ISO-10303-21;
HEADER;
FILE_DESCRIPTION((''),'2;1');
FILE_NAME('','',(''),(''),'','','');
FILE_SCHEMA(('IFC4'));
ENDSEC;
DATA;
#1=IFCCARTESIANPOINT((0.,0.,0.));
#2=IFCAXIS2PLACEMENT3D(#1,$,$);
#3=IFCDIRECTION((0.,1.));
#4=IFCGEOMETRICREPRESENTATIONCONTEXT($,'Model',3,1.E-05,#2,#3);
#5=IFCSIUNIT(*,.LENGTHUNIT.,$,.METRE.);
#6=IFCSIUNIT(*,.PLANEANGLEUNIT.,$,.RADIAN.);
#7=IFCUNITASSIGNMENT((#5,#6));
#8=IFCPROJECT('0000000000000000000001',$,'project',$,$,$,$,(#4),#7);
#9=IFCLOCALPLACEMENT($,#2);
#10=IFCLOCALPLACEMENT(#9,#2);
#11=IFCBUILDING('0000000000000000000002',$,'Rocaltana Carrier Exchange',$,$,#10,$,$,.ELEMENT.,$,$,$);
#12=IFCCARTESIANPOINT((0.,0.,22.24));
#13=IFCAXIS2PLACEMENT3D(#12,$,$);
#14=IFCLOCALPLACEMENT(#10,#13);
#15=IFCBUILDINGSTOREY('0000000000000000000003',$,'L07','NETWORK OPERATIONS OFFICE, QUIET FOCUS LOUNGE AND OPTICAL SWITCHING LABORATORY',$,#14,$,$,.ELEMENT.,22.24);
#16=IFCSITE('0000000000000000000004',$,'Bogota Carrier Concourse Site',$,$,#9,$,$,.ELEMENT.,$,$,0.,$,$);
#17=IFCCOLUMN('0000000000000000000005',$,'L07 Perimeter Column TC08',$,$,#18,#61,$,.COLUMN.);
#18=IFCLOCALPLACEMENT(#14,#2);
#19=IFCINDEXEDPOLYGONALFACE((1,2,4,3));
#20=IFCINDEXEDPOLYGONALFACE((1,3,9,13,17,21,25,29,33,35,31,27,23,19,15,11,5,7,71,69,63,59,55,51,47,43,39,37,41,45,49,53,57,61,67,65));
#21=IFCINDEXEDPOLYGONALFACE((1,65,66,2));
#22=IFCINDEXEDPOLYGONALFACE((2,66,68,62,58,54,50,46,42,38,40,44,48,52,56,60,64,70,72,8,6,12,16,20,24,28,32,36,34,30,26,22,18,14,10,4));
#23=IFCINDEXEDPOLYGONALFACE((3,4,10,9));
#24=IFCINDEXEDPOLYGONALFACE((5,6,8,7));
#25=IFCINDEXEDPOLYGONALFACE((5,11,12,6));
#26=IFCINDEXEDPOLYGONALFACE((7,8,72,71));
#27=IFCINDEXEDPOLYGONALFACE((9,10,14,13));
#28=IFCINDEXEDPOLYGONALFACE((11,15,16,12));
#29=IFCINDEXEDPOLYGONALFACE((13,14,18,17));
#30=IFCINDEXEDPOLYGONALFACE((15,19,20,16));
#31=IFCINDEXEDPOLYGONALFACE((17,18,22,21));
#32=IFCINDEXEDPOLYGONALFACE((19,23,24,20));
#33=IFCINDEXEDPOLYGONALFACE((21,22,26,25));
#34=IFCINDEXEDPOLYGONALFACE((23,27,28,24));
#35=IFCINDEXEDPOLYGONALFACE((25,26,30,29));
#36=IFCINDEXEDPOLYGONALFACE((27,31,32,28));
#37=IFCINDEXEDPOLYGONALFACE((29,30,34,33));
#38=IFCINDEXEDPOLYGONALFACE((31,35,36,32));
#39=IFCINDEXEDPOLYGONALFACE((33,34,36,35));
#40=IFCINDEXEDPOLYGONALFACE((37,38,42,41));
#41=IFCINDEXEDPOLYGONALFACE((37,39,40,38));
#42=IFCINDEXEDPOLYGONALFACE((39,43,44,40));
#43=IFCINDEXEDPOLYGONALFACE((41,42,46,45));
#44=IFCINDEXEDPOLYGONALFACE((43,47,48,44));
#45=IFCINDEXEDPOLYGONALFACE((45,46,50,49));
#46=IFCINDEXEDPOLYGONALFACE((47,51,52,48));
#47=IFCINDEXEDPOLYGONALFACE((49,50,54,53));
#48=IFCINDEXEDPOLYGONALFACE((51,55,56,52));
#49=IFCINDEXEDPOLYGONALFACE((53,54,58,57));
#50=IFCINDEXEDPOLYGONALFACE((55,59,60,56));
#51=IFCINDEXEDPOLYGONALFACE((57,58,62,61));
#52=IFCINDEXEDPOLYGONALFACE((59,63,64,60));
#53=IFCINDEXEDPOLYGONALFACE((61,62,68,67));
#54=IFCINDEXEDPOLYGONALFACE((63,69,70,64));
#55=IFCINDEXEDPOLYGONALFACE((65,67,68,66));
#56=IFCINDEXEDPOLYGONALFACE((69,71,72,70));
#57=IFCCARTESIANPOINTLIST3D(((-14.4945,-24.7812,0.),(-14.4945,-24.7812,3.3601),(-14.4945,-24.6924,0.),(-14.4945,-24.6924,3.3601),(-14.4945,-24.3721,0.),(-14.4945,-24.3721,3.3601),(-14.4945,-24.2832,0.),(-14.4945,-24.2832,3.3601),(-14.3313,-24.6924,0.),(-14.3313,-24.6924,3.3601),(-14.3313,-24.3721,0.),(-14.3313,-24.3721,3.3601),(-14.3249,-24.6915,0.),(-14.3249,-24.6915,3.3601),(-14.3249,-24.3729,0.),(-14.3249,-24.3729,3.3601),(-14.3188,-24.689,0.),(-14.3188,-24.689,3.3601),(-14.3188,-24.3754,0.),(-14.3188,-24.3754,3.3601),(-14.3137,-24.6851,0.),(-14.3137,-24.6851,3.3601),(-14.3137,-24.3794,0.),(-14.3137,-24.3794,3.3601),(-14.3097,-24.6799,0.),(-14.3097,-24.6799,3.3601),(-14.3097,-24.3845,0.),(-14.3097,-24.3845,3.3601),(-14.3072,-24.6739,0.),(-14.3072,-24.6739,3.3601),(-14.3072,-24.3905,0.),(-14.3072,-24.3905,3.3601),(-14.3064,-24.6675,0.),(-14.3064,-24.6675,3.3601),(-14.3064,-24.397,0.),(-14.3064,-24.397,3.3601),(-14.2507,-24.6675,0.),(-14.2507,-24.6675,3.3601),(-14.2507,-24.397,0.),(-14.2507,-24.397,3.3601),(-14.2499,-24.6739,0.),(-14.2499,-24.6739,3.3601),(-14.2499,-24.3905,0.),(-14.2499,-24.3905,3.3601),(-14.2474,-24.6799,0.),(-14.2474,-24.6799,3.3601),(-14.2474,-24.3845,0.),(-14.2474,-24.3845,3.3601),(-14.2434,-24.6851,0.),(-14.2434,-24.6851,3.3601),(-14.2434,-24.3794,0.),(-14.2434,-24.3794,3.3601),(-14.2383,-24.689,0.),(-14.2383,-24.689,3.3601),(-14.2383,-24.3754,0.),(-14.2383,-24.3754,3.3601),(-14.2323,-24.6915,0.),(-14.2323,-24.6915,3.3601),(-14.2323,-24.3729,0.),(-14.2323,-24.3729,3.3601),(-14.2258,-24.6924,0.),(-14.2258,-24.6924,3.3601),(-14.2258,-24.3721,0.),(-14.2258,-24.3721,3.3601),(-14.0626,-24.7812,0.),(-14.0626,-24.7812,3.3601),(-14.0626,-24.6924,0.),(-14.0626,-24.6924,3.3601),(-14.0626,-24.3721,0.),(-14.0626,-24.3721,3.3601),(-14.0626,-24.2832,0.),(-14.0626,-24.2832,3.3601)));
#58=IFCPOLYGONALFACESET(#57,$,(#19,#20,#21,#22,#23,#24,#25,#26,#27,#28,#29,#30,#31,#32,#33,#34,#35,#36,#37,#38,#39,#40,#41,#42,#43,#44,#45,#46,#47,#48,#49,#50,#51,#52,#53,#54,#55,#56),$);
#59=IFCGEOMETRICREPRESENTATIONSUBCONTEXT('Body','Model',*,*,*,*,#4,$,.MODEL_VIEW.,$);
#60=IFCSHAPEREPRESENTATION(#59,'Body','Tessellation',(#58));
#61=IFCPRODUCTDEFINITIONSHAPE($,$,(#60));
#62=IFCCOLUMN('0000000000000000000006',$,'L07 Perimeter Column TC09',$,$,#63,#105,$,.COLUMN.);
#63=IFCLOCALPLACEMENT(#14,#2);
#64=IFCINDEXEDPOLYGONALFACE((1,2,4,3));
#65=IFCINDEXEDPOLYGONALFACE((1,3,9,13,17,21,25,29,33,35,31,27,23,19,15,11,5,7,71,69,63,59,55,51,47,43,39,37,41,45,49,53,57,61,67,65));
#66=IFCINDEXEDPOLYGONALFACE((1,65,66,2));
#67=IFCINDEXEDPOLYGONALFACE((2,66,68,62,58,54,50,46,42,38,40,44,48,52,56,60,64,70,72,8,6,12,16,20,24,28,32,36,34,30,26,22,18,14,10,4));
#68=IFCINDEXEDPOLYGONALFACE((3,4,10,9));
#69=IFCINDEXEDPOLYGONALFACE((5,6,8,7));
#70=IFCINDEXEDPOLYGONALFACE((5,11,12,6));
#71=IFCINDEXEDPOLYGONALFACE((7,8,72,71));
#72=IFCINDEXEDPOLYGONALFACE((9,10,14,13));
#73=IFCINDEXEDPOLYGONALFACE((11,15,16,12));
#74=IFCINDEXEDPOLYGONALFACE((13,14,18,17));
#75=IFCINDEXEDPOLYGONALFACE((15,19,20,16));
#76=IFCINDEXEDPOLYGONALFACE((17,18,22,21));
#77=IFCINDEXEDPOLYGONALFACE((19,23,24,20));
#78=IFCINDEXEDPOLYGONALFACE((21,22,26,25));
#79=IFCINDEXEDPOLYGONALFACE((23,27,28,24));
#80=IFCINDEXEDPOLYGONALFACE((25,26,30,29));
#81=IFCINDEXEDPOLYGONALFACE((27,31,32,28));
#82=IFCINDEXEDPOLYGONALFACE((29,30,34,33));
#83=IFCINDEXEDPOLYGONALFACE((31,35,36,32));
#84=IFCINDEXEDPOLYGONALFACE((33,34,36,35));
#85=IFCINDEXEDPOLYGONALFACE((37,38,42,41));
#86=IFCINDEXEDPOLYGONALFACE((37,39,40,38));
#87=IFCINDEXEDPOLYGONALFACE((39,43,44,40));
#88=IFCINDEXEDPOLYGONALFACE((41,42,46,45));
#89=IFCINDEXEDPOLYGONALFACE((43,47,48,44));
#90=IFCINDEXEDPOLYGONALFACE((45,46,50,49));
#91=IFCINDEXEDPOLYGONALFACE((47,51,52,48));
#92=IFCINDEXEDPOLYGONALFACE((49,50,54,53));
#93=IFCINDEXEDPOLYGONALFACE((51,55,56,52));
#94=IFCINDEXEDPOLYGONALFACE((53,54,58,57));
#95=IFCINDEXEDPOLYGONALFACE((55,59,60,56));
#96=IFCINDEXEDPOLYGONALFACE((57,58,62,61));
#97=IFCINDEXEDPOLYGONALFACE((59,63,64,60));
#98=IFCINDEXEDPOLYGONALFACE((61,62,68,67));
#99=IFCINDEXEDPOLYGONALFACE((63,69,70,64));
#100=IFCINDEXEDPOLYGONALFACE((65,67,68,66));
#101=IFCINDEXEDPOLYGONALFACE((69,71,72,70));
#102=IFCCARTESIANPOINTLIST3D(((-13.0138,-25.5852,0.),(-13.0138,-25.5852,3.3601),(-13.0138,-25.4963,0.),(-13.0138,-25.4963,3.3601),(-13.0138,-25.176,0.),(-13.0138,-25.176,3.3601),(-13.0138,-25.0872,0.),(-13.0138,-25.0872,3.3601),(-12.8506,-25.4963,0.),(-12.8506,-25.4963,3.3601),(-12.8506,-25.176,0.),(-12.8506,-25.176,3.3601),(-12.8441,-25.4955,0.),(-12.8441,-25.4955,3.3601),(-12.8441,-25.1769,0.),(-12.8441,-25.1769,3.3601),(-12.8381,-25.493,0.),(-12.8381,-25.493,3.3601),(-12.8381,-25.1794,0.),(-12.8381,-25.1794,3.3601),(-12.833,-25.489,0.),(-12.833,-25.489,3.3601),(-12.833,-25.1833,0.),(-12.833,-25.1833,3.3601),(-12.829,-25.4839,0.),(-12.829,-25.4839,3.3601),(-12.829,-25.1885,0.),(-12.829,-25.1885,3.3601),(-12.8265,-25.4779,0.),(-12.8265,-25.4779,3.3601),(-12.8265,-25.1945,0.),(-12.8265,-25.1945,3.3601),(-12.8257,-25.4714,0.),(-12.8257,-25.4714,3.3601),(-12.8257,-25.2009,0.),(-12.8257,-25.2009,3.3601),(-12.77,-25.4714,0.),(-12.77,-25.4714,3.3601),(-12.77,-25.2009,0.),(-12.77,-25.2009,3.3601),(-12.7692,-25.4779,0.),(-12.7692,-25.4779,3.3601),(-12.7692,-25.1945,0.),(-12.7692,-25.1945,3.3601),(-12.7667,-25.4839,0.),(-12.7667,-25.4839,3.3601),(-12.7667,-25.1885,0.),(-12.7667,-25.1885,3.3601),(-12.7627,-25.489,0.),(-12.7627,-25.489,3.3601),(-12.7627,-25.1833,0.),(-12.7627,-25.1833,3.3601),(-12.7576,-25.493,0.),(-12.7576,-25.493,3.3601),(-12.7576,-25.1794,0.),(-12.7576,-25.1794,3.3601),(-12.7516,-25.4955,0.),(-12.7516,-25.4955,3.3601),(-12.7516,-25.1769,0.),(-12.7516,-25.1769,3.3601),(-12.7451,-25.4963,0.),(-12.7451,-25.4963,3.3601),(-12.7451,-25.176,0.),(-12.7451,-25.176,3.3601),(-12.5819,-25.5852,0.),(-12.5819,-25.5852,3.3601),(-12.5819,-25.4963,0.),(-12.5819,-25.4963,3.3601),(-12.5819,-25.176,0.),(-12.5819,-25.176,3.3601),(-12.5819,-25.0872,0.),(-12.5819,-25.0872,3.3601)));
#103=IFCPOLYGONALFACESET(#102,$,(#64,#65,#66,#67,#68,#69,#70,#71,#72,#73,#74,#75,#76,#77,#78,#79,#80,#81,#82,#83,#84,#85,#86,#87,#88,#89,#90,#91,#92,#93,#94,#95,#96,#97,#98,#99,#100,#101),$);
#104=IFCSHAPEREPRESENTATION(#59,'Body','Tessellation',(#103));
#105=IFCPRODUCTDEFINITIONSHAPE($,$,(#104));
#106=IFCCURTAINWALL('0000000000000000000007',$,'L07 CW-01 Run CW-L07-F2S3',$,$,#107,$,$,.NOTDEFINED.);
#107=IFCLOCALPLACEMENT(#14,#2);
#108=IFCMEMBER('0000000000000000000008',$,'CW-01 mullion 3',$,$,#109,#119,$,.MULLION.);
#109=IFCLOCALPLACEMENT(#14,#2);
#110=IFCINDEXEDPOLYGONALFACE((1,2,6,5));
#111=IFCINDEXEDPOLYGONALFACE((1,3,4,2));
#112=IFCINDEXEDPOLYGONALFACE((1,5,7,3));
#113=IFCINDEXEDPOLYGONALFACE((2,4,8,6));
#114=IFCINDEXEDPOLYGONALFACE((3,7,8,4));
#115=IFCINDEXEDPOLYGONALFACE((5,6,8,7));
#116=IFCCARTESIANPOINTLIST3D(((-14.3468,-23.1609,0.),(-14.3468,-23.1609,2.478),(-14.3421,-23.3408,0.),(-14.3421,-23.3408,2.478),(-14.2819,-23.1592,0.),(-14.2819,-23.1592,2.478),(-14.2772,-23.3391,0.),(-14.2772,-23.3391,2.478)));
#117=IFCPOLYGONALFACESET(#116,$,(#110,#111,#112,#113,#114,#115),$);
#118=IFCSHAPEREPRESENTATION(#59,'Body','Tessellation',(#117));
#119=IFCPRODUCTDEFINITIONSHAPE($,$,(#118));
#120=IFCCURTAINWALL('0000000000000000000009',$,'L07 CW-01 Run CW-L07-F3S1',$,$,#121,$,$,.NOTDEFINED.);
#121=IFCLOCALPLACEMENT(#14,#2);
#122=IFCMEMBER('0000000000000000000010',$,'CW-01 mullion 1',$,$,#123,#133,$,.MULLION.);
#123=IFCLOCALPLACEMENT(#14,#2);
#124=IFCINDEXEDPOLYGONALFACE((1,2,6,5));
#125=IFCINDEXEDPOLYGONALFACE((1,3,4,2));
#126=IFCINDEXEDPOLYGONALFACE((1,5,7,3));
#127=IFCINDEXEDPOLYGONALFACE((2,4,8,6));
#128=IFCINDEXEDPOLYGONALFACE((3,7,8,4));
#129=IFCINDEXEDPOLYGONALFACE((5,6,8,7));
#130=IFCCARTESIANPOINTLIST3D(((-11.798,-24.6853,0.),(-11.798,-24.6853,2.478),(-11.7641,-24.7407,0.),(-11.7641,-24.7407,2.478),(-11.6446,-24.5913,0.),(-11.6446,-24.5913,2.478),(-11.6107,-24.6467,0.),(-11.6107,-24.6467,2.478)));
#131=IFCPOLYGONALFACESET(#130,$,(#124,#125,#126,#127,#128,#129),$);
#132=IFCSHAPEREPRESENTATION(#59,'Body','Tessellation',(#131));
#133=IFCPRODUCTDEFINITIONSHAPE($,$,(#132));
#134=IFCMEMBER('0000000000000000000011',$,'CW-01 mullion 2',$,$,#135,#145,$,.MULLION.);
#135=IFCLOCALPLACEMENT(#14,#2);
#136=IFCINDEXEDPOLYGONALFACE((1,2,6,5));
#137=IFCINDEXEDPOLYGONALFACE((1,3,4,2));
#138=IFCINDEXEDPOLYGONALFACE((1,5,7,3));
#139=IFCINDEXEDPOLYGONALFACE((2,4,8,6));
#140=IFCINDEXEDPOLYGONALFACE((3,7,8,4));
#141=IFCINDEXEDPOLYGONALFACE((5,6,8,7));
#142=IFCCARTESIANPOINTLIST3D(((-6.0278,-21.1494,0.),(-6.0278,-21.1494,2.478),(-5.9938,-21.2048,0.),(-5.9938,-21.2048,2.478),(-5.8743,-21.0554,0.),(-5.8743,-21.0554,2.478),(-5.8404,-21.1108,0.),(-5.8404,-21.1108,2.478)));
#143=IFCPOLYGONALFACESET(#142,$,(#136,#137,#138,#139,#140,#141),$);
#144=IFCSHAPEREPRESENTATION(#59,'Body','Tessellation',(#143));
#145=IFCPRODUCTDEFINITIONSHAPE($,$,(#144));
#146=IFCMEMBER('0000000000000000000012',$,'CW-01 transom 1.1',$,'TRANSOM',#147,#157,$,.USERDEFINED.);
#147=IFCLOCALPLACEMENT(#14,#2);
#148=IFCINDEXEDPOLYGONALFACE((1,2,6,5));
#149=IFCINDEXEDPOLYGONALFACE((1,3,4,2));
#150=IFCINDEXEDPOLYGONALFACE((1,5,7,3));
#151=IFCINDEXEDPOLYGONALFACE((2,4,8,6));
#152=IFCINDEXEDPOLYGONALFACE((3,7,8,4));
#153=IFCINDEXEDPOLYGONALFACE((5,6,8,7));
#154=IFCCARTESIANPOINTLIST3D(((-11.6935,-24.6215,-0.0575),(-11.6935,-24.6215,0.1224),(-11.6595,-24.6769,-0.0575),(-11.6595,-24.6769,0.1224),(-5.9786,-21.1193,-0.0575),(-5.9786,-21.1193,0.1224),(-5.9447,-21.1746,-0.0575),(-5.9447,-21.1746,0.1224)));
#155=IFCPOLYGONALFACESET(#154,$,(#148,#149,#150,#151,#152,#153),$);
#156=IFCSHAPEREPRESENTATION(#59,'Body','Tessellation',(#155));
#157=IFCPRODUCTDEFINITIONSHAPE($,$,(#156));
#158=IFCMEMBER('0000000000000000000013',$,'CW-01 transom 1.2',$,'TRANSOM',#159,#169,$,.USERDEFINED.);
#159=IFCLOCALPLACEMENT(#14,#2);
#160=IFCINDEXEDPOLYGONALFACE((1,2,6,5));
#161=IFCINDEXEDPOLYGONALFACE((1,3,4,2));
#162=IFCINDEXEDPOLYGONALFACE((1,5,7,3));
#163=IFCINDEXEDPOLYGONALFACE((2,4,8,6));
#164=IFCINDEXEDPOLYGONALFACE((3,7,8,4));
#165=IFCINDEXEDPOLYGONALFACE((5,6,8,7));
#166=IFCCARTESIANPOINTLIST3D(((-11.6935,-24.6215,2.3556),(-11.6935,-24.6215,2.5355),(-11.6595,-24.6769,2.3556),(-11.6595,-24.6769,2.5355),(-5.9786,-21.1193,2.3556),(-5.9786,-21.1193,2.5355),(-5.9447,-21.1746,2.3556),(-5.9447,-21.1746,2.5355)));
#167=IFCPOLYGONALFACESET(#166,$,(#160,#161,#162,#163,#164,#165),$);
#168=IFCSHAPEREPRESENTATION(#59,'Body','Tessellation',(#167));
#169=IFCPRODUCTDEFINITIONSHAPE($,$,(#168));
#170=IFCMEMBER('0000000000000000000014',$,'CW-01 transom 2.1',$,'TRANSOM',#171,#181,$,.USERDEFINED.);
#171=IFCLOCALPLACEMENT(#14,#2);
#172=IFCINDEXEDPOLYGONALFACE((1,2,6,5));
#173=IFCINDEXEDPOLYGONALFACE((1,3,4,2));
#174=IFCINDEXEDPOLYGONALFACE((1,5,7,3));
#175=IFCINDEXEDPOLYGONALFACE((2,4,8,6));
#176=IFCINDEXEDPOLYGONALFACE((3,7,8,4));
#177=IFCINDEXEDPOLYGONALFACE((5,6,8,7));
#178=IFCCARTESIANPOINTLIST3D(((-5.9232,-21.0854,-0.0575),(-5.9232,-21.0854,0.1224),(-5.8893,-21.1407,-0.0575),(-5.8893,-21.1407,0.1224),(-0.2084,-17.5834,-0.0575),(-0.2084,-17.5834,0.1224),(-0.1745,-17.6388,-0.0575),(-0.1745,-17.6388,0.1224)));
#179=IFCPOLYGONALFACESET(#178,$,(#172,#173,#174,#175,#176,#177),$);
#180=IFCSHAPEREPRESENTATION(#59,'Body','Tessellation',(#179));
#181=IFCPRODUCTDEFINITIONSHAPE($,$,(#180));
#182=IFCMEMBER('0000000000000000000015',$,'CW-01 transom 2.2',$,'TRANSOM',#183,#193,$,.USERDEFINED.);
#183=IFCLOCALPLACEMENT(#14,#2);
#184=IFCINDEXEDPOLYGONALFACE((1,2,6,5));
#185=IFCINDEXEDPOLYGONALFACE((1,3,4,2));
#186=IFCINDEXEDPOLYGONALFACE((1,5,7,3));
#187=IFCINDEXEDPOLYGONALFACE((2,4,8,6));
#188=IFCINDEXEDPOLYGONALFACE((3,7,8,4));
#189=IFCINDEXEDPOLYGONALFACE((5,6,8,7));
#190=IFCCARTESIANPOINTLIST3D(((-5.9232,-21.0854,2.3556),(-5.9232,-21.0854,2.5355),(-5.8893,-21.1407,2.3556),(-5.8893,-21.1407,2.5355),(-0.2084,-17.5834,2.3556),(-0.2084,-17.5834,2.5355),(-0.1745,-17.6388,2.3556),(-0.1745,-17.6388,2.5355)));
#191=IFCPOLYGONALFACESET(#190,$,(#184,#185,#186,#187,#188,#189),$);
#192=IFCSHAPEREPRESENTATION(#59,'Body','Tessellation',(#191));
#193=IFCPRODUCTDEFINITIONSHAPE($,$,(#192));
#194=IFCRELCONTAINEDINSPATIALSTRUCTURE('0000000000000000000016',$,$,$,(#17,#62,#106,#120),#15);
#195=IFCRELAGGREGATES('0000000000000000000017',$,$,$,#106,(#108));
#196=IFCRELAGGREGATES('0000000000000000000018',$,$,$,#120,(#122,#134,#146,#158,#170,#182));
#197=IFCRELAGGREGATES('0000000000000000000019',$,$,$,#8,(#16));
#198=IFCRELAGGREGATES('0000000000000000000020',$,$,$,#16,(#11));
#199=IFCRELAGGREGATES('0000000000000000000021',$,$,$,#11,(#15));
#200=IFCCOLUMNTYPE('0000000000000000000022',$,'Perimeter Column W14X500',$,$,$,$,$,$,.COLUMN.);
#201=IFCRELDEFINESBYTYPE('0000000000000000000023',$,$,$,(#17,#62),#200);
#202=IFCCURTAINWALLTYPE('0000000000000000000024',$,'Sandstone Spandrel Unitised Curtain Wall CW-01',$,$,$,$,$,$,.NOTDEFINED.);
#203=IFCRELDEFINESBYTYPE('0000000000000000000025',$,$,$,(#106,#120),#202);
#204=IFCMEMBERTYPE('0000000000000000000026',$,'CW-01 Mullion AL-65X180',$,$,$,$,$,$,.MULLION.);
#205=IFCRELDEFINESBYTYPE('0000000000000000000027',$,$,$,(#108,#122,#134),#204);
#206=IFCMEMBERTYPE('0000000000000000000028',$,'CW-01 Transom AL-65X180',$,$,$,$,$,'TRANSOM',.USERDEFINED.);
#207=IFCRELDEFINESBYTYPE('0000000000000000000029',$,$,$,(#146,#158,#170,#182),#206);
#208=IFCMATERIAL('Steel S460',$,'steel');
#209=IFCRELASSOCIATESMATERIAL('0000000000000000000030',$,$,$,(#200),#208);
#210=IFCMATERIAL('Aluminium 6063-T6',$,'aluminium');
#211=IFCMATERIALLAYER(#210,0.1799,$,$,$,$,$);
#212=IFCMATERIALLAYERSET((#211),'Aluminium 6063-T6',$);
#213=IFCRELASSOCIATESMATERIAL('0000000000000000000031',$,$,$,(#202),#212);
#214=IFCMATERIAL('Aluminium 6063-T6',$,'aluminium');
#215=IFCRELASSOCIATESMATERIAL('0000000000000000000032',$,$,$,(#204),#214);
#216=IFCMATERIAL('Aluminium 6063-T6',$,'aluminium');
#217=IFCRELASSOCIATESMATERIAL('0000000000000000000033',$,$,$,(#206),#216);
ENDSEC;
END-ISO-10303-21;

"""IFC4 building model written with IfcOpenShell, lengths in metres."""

from ifc_helpers import new_model, si_unit, direction, frame, origin, origin_2d, place, context, subcontext, project, spatial, rectangle, i_section, extrude, material, layer, layer_set, material_profile, profile_set, type_object, element, aggregate, save


model = new_model("IFC4")

# Units and contexts
model_context = context("Model", 3, precision=1e-05, world=origin(), true_north=direction((0.0, 1.0)))
body_context = subcontext(model_context, "Body", "Model", "MODEL_VIEW")
ifc_project = project(units=[si_unit("LENGTHUNIT", "METRE"), si_unit("PLANEANGLEUNIT", "RADIAN")], contexts=[model_context])

# Site, building, storey
site_placement = place(None, origin())
site = spatial("IfcSite", under=ifc_project, at=site_placement, Name="Bogota Carrier Concourse Site", CompositionType="ELEMENT", RefElevation=0.0)
building_placement = place(site_placement, origin())
building = spatial("IfcBuilding", under=site, at=building_placement, Name="Rocaltana Carrier Exchange", CompositionType="ELEMENT")
storey_placement = place(building_placement, frame((0.0, 0.0, 22.24)))
storey = spatial("IfcBuildingStorey", under=building, at=storey_placement, Name="L07", Description="NETWORK OPERATIONS OFFICE, QUIET FOCUS LOUNGE AND OPTICAL SWITCHING LABORATORY", CompositionType="ELEMENT", Elevation=22.24)

# Columns
ifc_material_1 = material(Name="Steel S460", Category="steel")
ifc_material_profile_1 = material_profile(ifc_material_1, i_section(OverallWidth=0.4319, OverallDepth=0.498, WebThickness=0.0557, FlangeThickness=0.0889, FilletRadius=0.0249, at=origin_2d()), Name="W14X500")
ifc_profile_set_1 = profile_set([ifc_material_profile_1], Name="Steel S460")
column_type = type_object("IfcColumnType", Name="Perimeter Column W14X500", PredefinedType="COLUMN", material=ifc_profile_set_1)
for number, where, z_axis, x_axis, name in (
    (1, (-14.2786, -24.5322, 0.0), (0.0, 0.0, 1.0), (1.0, 0.0, 0.0), "L07 Perimeter Column TC08"),
    (2, (-12.7979, -25.3362, 0.0), (0.0, 0.0, 1.0), (1.0, 0.0, 0.0), "L07 Perimeter Column TC09"),
):
    element("IfcColumn", number, at=place(storey_placement, frame(where, z_axis=z_axis, x_axis=x_axis)), inside=storey, type_object=column_type, Name=name, PredefinedType="COLUMN", context=body_context, shape_type="SweptSolid", body=[
        extrude(i_section(OverallWidth=0.4319, OverallDepth=0.498, WebThickness=0.0557, FlangeThickness=0.0889, FilletRadius=0.0249, at=origin_2d()), origin(), (0.0, 0.0, 1.0), 3.3601),
    ])

# Curtain wall, member
ifc_material_2 = material(Name="Aluminium 6063-T6", Category="aluminium")
ifc_layer_1 = layer(ifc_material_2, 0.1799)
ifc_layer_set_1 = layer_set([ifc_layer_1], Name="Aluminium 6063-T6")
curtain_wall_type = type_object("IfcCurtainWallType", Name="Sandstone Spandrel Unitised Curtain Wall CW-01", PredefinedType="NOTDEFINED", material=ifc_layer_set_1)
curtain_wall_1_placement = place(storey_placement, origin())
curtain_wall_1 = element("IfcCurtainWall", 3, at=curtain_wall_1_placement, inside=storey, type_object=curtain_wall_type, Name="L07 CW-01 Run CW-L07-F2S3", PredefinedType="NOTDEFINED")
ifc_material_3 = material(Name="Aluminium 6063-T6", Category="aluminium")
ifc_material_profile_2 = material_profile(ifc_material_3, rectangle(XDim=0.0649, YDim=0.1799, at=origin_2d()), Name="AL-65X180")
ifc_profile_set_2 = profile_set([ifc_material_profile_2], Name="Aluminium 6063-T6")
member_type_1 = type_object("IfcMemberType", Name="CW-01 Mullion AL-65X180", PredefinedType="MULLION", material=ifc_profile_set_2)
member_1_placement = place(storey_placement, frame((-14.312, -23.25, 0.0), z_axis=(0.0, 0.0, 1.0), x_axis=(0.999657, 0.026184, 0.0)))
member_1 = element("IfcMember", 4, at=member_1_placement, type_object=member_type_1, Name="CW-01 mullion 3", PredefinedType="MULLION", context=body_context, shape_type="SweptSolid", body=[
    extrude(rectangle(XDim=0.0649, YDim=0.1799, at=origin_2d()), origin(), (0.0, 0.0, 1.0), 2.478),
])
aggregate(curtain_wall_1, [member_1])

# Curtain wall, members
curtain_wall_2_placement = place(storey_placement, origin())
curtain_wall_2 = element("IfcCurtainWall", 5, at=curtain_wall_2_placement, inside=storey, type_object=curtain_wall_type, Name="L07 CW-01 Run CW-L07-F3S1", PredefinedType="NOTDEFINED")
member_2_placement = place(storey_placement, frame((-11.7043, -24.666, 0.0), z_axis=(0.0, 0.0, 1.0), x_axis=(-0.522505, 0.852636, 0.0)))
member_2 = element("IfcMember", 6, at=member_2_placement, type_object=member_type_1, Name="CW-01 mullion 1", PredefinedType="MULLION", context=body_context, shape_type="SweptSolid", body=[
    extrude(rectangle(XDim=0.0649, YDim=0.1799, at=origin_2d()), origin(), (0.0, 0.0, 1.0), 2.478),
])
member_3_placement = place(storey_placement, frame((-5.9341, -21.1301, 0.0), z_axis=(0.0, 0.0, 1.0), x_axis=(-0.522505, 0.852636, 0.0)))
member_3 = element("IfcMember", 7, at=member_3_placement, type_object=member_type_1, Name="CW-01 mullion 2", PredefinedType="MULLION", context=body_context, shape_type="SweptSolid", body=[
    extrude(rectangle(XDim=0.0649, YDim=0.1799, at=origin_2d()), origin(), (0.0, 0.0, 1.0), 2.478),
])
ifc_material_4 = material(Name="Aluminium 6063-T6", Category="aluminium")
ifc_material_profile_3 = material_profile(ifc_material_4, rectangle(XDim=0.0649, YDim=0.1799, at=origin_2d()), Name="AL-65X180")
ifc_profile_set_3 = profile_set([ifc_material_profile_3], Name="Aluminium 6063-T6")
member_type_2 = type_object("IfcMemberType", Name="CW-01 Transom AL-65X180", ElementType="TRANSOM", PredefinedType="USERDEFINED", material=ifc_profile_set_3)
member_4_placement = place(storey_placement, frame((-11.6765, -24.6492, 0.0325), z_axis=(0.852631, 0.522513, 0.0), x_axis=(-0.522513, 0.852631, 0.0)))
member_4 = element("IfcMember", 8, at=member_4_placement, type_object=member_type_2, Name="CW-01 transom 1.1", ObjectType="TRANSOM", PredefinedType="USERDEFINED", context=body_context, shape_type="SweptSolid", body=[
    extrude(rectangle(XDim=0.0649, YDim=0.1799, at=origin_2d()), origin(), (0.0, 0.0, 1.0), 6.7026),
])
member_5_placement = place(storey_placement, frame((-11.6765, -24.6492, 2.4456), z_axis=(0.852631, 0.522513, 0.0), x_axis=(-0.522513, 0.852631, 0.0)))
member_5 = element("IfcMember", 9, at=member_5_placement, type_object=member_type_2, Name="CW-01 transom 1.2", ObjectType="TRANSOM", PredefinedType="USERDEFINED", context=body_context, shape_type="SweptSolid", body=[
    extrude(rectangle(XDim=0.0649, YDim=0.1799, at=origin_2d()), origin(), (0.0, 0.0, 1.0), 6.7026),
])
member_6_placement = place(storey_placement, frame((-5.9062, -21.113, 0.0325), z_axis=(0.852647, 0.522487, 0.0), x_axis=(-0.522487, 0.852647, 0.0)))
member_6 = element("IfcMember", 10, at=member_6_placement, type_object=member_type_2, Name="CW-01 transom 2.1", ObjectType="TRANSOM", PredefinedType="USERDEFINED", context=body_context, shape_type="SweptSolid", body=[
    extrude(rectangle(XDim=0.0649, YDim=0.1799, at=origin_2d()), origin(), (0.0, 0.0, 1.0), 6.7024),
])
member_7_placement = place(storey_placement, frame((-5.9062, -21.113, 2.4456), z_axis=(0.852647, 0.522487, 0.0), x_axis=(-0.522487, 0.852647, 0.0)))
member_7 = element("IfcMember", 11, at=member_7_placement, type_object=member_type_2, Name="CW-01 transom 2.2", ObjectType="TRANSOM", PredefinedType="USERDEFINED", context=body_context, shape_type="SweptSolid", body=[
    extrude(rectangle(XDim=0.0649, YDim=0.1799, at=origin_2d()), origin(), (0.0, 0.0, 1.0), 6.7024),
])

aggregate(curtain_wall_2, [member_2, member_3, member_4, member_5, member_6, member_7])

save(model, "model.ifc")
